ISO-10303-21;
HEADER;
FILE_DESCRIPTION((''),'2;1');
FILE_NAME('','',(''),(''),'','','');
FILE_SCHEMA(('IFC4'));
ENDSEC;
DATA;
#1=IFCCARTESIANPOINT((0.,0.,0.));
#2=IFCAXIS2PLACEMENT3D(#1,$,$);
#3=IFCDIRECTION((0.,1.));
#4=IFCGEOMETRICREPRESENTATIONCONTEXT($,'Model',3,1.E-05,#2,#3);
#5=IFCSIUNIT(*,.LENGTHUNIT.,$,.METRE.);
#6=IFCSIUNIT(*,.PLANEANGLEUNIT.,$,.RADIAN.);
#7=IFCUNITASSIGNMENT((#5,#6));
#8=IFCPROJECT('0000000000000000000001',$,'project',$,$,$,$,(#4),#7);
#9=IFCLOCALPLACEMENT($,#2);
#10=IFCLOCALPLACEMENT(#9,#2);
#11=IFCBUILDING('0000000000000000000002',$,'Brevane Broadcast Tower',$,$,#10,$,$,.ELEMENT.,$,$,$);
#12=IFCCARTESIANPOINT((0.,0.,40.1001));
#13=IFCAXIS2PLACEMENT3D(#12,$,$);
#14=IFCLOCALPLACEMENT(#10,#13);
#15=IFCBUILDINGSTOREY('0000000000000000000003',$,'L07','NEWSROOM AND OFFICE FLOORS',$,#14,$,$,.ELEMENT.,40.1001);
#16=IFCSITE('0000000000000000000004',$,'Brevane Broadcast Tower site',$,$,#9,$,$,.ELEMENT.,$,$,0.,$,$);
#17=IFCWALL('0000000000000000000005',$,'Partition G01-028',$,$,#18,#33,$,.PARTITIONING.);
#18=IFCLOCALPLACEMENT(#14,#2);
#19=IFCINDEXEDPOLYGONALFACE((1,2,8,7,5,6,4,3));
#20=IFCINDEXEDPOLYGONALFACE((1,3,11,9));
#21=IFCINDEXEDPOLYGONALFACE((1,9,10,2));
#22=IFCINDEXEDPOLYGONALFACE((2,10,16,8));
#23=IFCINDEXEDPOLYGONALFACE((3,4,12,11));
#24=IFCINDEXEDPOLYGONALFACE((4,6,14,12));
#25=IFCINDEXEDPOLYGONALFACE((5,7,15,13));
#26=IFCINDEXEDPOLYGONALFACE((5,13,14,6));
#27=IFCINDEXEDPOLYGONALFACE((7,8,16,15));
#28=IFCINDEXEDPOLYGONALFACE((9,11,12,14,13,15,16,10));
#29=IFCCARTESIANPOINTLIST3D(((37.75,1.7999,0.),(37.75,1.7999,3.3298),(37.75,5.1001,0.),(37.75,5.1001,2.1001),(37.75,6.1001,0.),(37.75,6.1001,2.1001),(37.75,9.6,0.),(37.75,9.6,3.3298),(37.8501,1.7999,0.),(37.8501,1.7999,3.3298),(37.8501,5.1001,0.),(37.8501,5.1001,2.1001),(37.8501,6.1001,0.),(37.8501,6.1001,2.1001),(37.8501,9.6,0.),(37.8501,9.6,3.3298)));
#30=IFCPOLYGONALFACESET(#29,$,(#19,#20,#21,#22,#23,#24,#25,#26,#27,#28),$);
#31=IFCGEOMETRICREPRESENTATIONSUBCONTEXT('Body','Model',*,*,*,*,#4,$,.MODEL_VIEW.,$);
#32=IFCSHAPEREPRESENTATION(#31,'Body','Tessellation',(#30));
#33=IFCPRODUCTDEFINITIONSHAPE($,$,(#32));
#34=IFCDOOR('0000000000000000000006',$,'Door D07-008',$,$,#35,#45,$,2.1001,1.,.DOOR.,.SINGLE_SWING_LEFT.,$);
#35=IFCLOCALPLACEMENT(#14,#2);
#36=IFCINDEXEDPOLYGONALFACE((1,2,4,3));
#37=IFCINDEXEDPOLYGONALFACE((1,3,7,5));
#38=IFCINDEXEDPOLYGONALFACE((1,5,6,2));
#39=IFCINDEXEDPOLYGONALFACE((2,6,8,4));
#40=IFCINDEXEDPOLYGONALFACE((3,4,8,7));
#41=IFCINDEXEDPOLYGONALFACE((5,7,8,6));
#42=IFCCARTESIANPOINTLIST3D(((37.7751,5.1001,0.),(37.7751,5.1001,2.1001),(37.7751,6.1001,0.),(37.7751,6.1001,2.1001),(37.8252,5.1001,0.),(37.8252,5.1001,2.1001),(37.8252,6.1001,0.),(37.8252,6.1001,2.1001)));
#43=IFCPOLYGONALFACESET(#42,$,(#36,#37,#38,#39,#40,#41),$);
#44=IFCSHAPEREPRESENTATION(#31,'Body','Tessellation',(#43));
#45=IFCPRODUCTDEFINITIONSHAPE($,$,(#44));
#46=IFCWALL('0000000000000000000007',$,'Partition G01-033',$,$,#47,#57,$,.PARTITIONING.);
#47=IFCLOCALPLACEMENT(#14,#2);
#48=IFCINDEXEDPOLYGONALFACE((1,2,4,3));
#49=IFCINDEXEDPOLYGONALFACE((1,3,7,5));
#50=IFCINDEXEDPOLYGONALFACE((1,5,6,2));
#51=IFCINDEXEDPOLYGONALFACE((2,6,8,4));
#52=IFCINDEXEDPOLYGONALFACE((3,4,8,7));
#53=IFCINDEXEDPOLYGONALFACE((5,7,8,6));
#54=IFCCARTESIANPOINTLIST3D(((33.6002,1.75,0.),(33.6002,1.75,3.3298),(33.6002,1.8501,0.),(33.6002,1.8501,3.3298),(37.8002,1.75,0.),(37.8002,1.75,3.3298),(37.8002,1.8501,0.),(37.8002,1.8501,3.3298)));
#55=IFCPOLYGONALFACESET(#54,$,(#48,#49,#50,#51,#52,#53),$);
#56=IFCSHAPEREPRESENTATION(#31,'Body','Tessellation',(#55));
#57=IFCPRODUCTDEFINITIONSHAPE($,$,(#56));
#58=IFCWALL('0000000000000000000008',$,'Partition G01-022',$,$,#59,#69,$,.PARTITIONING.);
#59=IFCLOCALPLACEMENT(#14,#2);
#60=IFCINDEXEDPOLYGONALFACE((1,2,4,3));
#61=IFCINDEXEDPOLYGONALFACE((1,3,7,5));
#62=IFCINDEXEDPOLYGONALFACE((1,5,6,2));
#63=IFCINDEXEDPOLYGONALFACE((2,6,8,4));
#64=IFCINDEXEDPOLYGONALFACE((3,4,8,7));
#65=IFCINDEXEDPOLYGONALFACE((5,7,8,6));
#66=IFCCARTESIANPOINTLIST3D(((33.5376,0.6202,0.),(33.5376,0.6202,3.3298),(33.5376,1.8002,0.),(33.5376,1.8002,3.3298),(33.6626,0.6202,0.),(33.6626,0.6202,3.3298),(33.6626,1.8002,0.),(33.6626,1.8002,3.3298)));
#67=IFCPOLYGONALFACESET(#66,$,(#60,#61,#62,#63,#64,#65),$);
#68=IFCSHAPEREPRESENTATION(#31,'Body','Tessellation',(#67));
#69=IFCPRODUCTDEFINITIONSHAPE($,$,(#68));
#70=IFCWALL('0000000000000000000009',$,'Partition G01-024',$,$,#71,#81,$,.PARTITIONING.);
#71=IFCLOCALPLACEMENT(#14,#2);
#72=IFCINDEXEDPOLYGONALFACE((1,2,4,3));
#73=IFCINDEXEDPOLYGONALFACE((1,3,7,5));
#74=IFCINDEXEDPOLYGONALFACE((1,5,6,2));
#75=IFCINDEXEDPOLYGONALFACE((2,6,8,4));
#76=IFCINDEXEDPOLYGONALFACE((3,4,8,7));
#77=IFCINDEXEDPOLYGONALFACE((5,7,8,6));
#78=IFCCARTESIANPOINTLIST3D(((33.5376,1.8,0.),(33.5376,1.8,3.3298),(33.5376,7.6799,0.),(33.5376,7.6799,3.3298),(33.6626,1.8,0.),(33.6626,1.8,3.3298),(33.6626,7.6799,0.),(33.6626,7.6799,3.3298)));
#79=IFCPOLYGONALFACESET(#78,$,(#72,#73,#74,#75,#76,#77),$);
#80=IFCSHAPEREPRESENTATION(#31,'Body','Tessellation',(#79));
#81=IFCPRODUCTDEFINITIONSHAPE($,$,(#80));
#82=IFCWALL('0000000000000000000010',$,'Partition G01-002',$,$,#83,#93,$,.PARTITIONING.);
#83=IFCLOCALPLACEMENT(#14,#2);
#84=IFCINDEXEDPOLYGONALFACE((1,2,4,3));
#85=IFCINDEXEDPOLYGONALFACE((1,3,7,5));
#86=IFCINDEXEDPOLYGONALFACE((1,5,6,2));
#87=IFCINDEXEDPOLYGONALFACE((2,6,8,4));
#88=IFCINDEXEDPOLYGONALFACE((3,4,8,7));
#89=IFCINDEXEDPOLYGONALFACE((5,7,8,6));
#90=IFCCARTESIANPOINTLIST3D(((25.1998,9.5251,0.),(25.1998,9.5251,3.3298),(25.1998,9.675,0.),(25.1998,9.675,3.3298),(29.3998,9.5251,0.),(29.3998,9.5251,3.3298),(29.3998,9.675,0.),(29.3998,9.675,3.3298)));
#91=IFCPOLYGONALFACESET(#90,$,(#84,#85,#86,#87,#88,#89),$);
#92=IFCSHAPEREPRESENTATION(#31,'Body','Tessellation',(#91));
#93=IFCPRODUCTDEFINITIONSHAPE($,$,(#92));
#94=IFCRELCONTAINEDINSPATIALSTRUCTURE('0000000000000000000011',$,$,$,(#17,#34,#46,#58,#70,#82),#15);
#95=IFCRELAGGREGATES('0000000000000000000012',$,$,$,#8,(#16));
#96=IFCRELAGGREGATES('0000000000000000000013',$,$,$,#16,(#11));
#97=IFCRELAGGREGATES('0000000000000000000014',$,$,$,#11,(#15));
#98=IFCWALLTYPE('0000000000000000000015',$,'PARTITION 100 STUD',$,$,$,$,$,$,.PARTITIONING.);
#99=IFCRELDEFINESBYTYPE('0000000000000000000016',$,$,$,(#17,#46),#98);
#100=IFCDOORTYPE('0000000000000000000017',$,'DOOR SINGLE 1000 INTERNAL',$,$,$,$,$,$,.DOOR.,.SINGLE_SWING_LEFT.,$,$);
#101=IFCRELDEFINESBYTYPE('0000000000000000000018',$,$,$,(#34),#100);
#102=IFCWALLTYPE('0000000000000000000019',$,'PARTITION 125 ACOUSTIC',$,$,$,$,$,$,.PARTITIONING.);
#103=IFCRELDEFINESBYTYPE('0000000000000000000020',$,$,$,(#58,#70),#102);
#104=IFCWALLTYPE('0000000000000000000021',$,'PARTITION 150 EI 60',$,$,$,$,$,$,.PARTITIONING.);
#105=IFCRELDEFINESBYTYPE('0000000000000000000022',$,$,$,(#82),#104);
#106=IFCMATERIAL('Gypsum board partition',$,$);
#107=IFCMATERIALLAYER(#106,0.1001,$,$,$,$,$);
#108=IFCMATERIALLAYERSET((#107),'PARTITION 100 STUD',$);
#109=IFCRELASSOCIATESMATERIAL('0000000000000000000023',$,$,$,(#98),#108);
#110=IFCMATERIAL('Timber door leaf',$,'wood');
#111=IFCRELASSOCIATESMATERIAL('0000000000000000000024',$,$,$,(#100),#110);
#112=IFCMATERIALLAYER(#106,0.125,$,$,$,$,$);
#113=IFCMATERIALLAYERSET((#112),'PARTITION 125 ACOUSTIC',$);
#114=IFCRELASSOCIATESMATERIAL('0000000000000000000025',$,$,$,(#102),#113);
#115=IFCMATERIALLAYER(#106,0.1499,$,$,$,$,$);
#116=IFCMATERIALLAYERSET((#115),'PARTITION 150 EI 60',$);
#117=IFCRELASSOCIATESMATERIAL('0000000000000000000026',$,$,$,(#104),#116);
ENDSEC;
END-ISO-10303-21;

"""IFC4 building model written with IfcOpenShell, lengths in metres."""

from ifc_helpers import new_model, si_unit, direction, frame, frame_2d, origin, place, context, subcontext, project, spatial, rectangle, extrude, material, layer, layer_set, type_object, element, fill, save


model = new_model("IFC4")

# Units and contexts
model_context = context("Model", 3, precision=1e-05, world=origin(), true_north=direction((0.0, 1.0)))
body_context = subcontext(model_context, "Body", "Model", "MODEL_VIEW")
ifc_project = project(units=[si_unit("LENGTHUNIT", "METRE"), si_unit("PLANEANGLEUNIT", "RADIAN")], contexts=[model_context])

# Site, building, storey
site_placement = place(None, origin())
site = spatial("IfcSite", under=ifc_project, at=site_placement, Name="Brevane Broadcast Tower site", CompositionType="ELEMENT", RefElevation=0.0)
building_placement = place(site_placement, origin())
building = spatial("IfcBuilding", under=site, at=building_placement, Name="Brevane Broadcast Tower", CompositionType="ELEMENT")
storey_placement = place(building_placement, frame((0.0, 0.0, 40.1001)))
storey = spatial("IfcBuildingStorey", under=building, at=storey_placement, Name="L07", Description="NEWSROOM AND OFFICE FLOORS", CompositionType="ELEMENT", Elevation=40.1001)

# Wall, opening, door
ifc_material_1 = material(Name="Gypsum board partition")
ifc_layer_1 = layer(ifc_material_1, 0.1001)
ifc_layer_set_1 = layer_set([ifc_layer_1], Name="PARTITION 100 STUD")
wall_type_1 = type_object("IfcWallType", Name="PARTITION 100 STUD", PredefinedType="PARTITIONING", material=ifc_layer_set_1)
ifc_material_2 = material(Name="Timber door leaf", Category="wood")
wall_1_placement = place(storey_placement, frame((37.8, 1.8, 0.0), z_axis=(0.0, 0.0, 1.0), x_axis=(0.0, 1.0, 0.0)))
wall_1 = element("IfcWall", 1, at=wall_1_placement, inside=storey, type_object=wall_type_1, Name="Partition G01-028", PredefinedType="PARTITIONING", context=body_context, shape_type="SweptSolid", body=[
    extrude(rectangle(XDim=7.8, YDim=0.1001, at=frame_2d((3.8999, 0.0))), origin(), (0.0, 0.0, 1.0), 3.3298),
])
opening_1_placement = place(wall_1_placement, frame((3.3, 0.0, 0.0)))
opening_1 = element("IfcOpeningElement", 2, at=opening_1_placement, cuts=wall_1, PredefinedType="OPENING", context=body_context, shape_type="SweptSolid", body=[
    extrude(rectangle(XDim=1.0, YDim=2.1001, at=frame_2d((0.5, 1.05))), frame((0.0, 0.0601, 0.0), z_axis=(0.0, -1.0, 0.0), x_axis=(1.0, 0.0, 0.0)), (0.0, 0.0, 1.0), 0.1201),
])
door_type_1 = type_object("IfcDoorType", Name="DOOR SINGLE 1000 INTERNAL", OperationType="SINGLE_SWING_LEFT", PredefinedType="DOOR", material=ifc_material_2)
door_1_placement = place(opening_1_placement, origin())
door_1 = element("IfcDoor", 3, at=door_1_placement, inside=storey, type_object=door_type_1, Name="Door D07-008", OperationType="SINGLE_SWING_LEFT", OverallHeight=2.1001, OverallWidth=1.0, PredefinedType="DOOR", context=body_context, shape_type="SweptSolid", body=[
    extrude(rectangle(XDim=1.0, YDim=2.1001, at=frame_2d((0.5, 1.05))), frame((0.0, 0.0249, 0.0), z_axis=(0.0, -1.0, 0.0), x_axis=(1.0, 0.0, 0.0)), (0.0, 0.0, 1.0), 0.05),
])
fill(opening_1, door_1)

# Walls
wall_2_placement = place(storey_placement, frame((33.6001, 1.8, 0.0), z_axis=(0.0, 0.0, 1.0), x_axis=(1.0, 0.0, 0.0)))
element("IfcWall", 4, at=wall_2_placement, inside=storey, type_object=wall_type_1, Name="Partition G01-033", PredefinedType="PARTITIONING", context=body_context, shape_type="SweptSolid", body=[
    extrude(rectangle(XDim=4.2, YDim=0.1001, at=frame_2d((2.1001, 0.0))), origin(), (0.0, 0.0, 1.0), 3.3298),
])
ifc_layer_2 = layer(ifc_material_1, 0.125)
ifc_layer_set_2 = layer_set([ifc_layer_2], Name="PARTITION 125 ACOUSTIC")
wall_type_2 = type_object("IfcWallType", Name="PARTITION 125 ACOUSTIC", PredefinedType="PARTITIONING", material=ifc_layer_set_2)
wall_3_placement = place(storey_placement, frame((33.6001, 1.8, 0.0), z_axis=(0.0, 0.0, 1.0), x_axis=(0.0, -1.0, 0.0)))
element("IfcWall", 5, at=wall_3_placement, inside=storey, type_object=wall_type_2, Name="Partition G01-022", PredefinedType="PARTITIONING", context=body_context, shape_type="SweptSolid", body=[
    extrude(rectangle(XDim=1.1799, YDim=0.125, at=frame_2d((0.5898, 0.0))), origin(), (0.0, 0.0, 1.0), 3.3298),
])
wall_4_placement = place(storey_placement, frame((33.6001, 7.6799, 0.0), z_axis=(0.0, 0.0, 1.0), x_axis=(0.0, -1.0, 0.0)))
element("IfcWall", 6, at=wall_4_placement, inside=storey, type_object=wall_type_2, Name="Partition G01-024", PredefinedType="PARTITIONING", context=body_context, shape_type="SweptSolid", body=[
    extrude(rectangle(XDim=5.8799, YDim=0.125, at=frame_2d((2.9399, 0.0))), origin(), (0.0, 0.0, 1.0), 3.3298),
])
ifc_layer_3 = layer(ifc_material_1, 0.1499)
ifc_layer_set_3 = layer_set([ifc_layer_3], Name="PARTITION 150 EI 60")
wall_type_3 = type_object("IfcWallType", Name="PARTITION 150 EI 60", PredefinedType="PARTITIONING", material=ifc_layer_set_3)
wall_5_placement = place(storey_placement, frame((29.3999, 9.6001, 0.0), z_axis=(0.0, 0.0, 1.0), x_axis=(-1.0, 0.0, 0.0)))
element("IfcWall", 7, at=wall_5_placement, inside=storey, type_object=wall_type_3, Name="Partition G01-002", PredefinedType="PARTITIONING", context=body_context, shape_type="SweptSolid", body=[
    extrude(rectangle(XDim=4.2, YDim=0.1499, at=frame_2d((2.1001, 0.0))), origin(), (0.0, 0.0, 1.0), 3.3298),
])

save(model, "model.ifc")
